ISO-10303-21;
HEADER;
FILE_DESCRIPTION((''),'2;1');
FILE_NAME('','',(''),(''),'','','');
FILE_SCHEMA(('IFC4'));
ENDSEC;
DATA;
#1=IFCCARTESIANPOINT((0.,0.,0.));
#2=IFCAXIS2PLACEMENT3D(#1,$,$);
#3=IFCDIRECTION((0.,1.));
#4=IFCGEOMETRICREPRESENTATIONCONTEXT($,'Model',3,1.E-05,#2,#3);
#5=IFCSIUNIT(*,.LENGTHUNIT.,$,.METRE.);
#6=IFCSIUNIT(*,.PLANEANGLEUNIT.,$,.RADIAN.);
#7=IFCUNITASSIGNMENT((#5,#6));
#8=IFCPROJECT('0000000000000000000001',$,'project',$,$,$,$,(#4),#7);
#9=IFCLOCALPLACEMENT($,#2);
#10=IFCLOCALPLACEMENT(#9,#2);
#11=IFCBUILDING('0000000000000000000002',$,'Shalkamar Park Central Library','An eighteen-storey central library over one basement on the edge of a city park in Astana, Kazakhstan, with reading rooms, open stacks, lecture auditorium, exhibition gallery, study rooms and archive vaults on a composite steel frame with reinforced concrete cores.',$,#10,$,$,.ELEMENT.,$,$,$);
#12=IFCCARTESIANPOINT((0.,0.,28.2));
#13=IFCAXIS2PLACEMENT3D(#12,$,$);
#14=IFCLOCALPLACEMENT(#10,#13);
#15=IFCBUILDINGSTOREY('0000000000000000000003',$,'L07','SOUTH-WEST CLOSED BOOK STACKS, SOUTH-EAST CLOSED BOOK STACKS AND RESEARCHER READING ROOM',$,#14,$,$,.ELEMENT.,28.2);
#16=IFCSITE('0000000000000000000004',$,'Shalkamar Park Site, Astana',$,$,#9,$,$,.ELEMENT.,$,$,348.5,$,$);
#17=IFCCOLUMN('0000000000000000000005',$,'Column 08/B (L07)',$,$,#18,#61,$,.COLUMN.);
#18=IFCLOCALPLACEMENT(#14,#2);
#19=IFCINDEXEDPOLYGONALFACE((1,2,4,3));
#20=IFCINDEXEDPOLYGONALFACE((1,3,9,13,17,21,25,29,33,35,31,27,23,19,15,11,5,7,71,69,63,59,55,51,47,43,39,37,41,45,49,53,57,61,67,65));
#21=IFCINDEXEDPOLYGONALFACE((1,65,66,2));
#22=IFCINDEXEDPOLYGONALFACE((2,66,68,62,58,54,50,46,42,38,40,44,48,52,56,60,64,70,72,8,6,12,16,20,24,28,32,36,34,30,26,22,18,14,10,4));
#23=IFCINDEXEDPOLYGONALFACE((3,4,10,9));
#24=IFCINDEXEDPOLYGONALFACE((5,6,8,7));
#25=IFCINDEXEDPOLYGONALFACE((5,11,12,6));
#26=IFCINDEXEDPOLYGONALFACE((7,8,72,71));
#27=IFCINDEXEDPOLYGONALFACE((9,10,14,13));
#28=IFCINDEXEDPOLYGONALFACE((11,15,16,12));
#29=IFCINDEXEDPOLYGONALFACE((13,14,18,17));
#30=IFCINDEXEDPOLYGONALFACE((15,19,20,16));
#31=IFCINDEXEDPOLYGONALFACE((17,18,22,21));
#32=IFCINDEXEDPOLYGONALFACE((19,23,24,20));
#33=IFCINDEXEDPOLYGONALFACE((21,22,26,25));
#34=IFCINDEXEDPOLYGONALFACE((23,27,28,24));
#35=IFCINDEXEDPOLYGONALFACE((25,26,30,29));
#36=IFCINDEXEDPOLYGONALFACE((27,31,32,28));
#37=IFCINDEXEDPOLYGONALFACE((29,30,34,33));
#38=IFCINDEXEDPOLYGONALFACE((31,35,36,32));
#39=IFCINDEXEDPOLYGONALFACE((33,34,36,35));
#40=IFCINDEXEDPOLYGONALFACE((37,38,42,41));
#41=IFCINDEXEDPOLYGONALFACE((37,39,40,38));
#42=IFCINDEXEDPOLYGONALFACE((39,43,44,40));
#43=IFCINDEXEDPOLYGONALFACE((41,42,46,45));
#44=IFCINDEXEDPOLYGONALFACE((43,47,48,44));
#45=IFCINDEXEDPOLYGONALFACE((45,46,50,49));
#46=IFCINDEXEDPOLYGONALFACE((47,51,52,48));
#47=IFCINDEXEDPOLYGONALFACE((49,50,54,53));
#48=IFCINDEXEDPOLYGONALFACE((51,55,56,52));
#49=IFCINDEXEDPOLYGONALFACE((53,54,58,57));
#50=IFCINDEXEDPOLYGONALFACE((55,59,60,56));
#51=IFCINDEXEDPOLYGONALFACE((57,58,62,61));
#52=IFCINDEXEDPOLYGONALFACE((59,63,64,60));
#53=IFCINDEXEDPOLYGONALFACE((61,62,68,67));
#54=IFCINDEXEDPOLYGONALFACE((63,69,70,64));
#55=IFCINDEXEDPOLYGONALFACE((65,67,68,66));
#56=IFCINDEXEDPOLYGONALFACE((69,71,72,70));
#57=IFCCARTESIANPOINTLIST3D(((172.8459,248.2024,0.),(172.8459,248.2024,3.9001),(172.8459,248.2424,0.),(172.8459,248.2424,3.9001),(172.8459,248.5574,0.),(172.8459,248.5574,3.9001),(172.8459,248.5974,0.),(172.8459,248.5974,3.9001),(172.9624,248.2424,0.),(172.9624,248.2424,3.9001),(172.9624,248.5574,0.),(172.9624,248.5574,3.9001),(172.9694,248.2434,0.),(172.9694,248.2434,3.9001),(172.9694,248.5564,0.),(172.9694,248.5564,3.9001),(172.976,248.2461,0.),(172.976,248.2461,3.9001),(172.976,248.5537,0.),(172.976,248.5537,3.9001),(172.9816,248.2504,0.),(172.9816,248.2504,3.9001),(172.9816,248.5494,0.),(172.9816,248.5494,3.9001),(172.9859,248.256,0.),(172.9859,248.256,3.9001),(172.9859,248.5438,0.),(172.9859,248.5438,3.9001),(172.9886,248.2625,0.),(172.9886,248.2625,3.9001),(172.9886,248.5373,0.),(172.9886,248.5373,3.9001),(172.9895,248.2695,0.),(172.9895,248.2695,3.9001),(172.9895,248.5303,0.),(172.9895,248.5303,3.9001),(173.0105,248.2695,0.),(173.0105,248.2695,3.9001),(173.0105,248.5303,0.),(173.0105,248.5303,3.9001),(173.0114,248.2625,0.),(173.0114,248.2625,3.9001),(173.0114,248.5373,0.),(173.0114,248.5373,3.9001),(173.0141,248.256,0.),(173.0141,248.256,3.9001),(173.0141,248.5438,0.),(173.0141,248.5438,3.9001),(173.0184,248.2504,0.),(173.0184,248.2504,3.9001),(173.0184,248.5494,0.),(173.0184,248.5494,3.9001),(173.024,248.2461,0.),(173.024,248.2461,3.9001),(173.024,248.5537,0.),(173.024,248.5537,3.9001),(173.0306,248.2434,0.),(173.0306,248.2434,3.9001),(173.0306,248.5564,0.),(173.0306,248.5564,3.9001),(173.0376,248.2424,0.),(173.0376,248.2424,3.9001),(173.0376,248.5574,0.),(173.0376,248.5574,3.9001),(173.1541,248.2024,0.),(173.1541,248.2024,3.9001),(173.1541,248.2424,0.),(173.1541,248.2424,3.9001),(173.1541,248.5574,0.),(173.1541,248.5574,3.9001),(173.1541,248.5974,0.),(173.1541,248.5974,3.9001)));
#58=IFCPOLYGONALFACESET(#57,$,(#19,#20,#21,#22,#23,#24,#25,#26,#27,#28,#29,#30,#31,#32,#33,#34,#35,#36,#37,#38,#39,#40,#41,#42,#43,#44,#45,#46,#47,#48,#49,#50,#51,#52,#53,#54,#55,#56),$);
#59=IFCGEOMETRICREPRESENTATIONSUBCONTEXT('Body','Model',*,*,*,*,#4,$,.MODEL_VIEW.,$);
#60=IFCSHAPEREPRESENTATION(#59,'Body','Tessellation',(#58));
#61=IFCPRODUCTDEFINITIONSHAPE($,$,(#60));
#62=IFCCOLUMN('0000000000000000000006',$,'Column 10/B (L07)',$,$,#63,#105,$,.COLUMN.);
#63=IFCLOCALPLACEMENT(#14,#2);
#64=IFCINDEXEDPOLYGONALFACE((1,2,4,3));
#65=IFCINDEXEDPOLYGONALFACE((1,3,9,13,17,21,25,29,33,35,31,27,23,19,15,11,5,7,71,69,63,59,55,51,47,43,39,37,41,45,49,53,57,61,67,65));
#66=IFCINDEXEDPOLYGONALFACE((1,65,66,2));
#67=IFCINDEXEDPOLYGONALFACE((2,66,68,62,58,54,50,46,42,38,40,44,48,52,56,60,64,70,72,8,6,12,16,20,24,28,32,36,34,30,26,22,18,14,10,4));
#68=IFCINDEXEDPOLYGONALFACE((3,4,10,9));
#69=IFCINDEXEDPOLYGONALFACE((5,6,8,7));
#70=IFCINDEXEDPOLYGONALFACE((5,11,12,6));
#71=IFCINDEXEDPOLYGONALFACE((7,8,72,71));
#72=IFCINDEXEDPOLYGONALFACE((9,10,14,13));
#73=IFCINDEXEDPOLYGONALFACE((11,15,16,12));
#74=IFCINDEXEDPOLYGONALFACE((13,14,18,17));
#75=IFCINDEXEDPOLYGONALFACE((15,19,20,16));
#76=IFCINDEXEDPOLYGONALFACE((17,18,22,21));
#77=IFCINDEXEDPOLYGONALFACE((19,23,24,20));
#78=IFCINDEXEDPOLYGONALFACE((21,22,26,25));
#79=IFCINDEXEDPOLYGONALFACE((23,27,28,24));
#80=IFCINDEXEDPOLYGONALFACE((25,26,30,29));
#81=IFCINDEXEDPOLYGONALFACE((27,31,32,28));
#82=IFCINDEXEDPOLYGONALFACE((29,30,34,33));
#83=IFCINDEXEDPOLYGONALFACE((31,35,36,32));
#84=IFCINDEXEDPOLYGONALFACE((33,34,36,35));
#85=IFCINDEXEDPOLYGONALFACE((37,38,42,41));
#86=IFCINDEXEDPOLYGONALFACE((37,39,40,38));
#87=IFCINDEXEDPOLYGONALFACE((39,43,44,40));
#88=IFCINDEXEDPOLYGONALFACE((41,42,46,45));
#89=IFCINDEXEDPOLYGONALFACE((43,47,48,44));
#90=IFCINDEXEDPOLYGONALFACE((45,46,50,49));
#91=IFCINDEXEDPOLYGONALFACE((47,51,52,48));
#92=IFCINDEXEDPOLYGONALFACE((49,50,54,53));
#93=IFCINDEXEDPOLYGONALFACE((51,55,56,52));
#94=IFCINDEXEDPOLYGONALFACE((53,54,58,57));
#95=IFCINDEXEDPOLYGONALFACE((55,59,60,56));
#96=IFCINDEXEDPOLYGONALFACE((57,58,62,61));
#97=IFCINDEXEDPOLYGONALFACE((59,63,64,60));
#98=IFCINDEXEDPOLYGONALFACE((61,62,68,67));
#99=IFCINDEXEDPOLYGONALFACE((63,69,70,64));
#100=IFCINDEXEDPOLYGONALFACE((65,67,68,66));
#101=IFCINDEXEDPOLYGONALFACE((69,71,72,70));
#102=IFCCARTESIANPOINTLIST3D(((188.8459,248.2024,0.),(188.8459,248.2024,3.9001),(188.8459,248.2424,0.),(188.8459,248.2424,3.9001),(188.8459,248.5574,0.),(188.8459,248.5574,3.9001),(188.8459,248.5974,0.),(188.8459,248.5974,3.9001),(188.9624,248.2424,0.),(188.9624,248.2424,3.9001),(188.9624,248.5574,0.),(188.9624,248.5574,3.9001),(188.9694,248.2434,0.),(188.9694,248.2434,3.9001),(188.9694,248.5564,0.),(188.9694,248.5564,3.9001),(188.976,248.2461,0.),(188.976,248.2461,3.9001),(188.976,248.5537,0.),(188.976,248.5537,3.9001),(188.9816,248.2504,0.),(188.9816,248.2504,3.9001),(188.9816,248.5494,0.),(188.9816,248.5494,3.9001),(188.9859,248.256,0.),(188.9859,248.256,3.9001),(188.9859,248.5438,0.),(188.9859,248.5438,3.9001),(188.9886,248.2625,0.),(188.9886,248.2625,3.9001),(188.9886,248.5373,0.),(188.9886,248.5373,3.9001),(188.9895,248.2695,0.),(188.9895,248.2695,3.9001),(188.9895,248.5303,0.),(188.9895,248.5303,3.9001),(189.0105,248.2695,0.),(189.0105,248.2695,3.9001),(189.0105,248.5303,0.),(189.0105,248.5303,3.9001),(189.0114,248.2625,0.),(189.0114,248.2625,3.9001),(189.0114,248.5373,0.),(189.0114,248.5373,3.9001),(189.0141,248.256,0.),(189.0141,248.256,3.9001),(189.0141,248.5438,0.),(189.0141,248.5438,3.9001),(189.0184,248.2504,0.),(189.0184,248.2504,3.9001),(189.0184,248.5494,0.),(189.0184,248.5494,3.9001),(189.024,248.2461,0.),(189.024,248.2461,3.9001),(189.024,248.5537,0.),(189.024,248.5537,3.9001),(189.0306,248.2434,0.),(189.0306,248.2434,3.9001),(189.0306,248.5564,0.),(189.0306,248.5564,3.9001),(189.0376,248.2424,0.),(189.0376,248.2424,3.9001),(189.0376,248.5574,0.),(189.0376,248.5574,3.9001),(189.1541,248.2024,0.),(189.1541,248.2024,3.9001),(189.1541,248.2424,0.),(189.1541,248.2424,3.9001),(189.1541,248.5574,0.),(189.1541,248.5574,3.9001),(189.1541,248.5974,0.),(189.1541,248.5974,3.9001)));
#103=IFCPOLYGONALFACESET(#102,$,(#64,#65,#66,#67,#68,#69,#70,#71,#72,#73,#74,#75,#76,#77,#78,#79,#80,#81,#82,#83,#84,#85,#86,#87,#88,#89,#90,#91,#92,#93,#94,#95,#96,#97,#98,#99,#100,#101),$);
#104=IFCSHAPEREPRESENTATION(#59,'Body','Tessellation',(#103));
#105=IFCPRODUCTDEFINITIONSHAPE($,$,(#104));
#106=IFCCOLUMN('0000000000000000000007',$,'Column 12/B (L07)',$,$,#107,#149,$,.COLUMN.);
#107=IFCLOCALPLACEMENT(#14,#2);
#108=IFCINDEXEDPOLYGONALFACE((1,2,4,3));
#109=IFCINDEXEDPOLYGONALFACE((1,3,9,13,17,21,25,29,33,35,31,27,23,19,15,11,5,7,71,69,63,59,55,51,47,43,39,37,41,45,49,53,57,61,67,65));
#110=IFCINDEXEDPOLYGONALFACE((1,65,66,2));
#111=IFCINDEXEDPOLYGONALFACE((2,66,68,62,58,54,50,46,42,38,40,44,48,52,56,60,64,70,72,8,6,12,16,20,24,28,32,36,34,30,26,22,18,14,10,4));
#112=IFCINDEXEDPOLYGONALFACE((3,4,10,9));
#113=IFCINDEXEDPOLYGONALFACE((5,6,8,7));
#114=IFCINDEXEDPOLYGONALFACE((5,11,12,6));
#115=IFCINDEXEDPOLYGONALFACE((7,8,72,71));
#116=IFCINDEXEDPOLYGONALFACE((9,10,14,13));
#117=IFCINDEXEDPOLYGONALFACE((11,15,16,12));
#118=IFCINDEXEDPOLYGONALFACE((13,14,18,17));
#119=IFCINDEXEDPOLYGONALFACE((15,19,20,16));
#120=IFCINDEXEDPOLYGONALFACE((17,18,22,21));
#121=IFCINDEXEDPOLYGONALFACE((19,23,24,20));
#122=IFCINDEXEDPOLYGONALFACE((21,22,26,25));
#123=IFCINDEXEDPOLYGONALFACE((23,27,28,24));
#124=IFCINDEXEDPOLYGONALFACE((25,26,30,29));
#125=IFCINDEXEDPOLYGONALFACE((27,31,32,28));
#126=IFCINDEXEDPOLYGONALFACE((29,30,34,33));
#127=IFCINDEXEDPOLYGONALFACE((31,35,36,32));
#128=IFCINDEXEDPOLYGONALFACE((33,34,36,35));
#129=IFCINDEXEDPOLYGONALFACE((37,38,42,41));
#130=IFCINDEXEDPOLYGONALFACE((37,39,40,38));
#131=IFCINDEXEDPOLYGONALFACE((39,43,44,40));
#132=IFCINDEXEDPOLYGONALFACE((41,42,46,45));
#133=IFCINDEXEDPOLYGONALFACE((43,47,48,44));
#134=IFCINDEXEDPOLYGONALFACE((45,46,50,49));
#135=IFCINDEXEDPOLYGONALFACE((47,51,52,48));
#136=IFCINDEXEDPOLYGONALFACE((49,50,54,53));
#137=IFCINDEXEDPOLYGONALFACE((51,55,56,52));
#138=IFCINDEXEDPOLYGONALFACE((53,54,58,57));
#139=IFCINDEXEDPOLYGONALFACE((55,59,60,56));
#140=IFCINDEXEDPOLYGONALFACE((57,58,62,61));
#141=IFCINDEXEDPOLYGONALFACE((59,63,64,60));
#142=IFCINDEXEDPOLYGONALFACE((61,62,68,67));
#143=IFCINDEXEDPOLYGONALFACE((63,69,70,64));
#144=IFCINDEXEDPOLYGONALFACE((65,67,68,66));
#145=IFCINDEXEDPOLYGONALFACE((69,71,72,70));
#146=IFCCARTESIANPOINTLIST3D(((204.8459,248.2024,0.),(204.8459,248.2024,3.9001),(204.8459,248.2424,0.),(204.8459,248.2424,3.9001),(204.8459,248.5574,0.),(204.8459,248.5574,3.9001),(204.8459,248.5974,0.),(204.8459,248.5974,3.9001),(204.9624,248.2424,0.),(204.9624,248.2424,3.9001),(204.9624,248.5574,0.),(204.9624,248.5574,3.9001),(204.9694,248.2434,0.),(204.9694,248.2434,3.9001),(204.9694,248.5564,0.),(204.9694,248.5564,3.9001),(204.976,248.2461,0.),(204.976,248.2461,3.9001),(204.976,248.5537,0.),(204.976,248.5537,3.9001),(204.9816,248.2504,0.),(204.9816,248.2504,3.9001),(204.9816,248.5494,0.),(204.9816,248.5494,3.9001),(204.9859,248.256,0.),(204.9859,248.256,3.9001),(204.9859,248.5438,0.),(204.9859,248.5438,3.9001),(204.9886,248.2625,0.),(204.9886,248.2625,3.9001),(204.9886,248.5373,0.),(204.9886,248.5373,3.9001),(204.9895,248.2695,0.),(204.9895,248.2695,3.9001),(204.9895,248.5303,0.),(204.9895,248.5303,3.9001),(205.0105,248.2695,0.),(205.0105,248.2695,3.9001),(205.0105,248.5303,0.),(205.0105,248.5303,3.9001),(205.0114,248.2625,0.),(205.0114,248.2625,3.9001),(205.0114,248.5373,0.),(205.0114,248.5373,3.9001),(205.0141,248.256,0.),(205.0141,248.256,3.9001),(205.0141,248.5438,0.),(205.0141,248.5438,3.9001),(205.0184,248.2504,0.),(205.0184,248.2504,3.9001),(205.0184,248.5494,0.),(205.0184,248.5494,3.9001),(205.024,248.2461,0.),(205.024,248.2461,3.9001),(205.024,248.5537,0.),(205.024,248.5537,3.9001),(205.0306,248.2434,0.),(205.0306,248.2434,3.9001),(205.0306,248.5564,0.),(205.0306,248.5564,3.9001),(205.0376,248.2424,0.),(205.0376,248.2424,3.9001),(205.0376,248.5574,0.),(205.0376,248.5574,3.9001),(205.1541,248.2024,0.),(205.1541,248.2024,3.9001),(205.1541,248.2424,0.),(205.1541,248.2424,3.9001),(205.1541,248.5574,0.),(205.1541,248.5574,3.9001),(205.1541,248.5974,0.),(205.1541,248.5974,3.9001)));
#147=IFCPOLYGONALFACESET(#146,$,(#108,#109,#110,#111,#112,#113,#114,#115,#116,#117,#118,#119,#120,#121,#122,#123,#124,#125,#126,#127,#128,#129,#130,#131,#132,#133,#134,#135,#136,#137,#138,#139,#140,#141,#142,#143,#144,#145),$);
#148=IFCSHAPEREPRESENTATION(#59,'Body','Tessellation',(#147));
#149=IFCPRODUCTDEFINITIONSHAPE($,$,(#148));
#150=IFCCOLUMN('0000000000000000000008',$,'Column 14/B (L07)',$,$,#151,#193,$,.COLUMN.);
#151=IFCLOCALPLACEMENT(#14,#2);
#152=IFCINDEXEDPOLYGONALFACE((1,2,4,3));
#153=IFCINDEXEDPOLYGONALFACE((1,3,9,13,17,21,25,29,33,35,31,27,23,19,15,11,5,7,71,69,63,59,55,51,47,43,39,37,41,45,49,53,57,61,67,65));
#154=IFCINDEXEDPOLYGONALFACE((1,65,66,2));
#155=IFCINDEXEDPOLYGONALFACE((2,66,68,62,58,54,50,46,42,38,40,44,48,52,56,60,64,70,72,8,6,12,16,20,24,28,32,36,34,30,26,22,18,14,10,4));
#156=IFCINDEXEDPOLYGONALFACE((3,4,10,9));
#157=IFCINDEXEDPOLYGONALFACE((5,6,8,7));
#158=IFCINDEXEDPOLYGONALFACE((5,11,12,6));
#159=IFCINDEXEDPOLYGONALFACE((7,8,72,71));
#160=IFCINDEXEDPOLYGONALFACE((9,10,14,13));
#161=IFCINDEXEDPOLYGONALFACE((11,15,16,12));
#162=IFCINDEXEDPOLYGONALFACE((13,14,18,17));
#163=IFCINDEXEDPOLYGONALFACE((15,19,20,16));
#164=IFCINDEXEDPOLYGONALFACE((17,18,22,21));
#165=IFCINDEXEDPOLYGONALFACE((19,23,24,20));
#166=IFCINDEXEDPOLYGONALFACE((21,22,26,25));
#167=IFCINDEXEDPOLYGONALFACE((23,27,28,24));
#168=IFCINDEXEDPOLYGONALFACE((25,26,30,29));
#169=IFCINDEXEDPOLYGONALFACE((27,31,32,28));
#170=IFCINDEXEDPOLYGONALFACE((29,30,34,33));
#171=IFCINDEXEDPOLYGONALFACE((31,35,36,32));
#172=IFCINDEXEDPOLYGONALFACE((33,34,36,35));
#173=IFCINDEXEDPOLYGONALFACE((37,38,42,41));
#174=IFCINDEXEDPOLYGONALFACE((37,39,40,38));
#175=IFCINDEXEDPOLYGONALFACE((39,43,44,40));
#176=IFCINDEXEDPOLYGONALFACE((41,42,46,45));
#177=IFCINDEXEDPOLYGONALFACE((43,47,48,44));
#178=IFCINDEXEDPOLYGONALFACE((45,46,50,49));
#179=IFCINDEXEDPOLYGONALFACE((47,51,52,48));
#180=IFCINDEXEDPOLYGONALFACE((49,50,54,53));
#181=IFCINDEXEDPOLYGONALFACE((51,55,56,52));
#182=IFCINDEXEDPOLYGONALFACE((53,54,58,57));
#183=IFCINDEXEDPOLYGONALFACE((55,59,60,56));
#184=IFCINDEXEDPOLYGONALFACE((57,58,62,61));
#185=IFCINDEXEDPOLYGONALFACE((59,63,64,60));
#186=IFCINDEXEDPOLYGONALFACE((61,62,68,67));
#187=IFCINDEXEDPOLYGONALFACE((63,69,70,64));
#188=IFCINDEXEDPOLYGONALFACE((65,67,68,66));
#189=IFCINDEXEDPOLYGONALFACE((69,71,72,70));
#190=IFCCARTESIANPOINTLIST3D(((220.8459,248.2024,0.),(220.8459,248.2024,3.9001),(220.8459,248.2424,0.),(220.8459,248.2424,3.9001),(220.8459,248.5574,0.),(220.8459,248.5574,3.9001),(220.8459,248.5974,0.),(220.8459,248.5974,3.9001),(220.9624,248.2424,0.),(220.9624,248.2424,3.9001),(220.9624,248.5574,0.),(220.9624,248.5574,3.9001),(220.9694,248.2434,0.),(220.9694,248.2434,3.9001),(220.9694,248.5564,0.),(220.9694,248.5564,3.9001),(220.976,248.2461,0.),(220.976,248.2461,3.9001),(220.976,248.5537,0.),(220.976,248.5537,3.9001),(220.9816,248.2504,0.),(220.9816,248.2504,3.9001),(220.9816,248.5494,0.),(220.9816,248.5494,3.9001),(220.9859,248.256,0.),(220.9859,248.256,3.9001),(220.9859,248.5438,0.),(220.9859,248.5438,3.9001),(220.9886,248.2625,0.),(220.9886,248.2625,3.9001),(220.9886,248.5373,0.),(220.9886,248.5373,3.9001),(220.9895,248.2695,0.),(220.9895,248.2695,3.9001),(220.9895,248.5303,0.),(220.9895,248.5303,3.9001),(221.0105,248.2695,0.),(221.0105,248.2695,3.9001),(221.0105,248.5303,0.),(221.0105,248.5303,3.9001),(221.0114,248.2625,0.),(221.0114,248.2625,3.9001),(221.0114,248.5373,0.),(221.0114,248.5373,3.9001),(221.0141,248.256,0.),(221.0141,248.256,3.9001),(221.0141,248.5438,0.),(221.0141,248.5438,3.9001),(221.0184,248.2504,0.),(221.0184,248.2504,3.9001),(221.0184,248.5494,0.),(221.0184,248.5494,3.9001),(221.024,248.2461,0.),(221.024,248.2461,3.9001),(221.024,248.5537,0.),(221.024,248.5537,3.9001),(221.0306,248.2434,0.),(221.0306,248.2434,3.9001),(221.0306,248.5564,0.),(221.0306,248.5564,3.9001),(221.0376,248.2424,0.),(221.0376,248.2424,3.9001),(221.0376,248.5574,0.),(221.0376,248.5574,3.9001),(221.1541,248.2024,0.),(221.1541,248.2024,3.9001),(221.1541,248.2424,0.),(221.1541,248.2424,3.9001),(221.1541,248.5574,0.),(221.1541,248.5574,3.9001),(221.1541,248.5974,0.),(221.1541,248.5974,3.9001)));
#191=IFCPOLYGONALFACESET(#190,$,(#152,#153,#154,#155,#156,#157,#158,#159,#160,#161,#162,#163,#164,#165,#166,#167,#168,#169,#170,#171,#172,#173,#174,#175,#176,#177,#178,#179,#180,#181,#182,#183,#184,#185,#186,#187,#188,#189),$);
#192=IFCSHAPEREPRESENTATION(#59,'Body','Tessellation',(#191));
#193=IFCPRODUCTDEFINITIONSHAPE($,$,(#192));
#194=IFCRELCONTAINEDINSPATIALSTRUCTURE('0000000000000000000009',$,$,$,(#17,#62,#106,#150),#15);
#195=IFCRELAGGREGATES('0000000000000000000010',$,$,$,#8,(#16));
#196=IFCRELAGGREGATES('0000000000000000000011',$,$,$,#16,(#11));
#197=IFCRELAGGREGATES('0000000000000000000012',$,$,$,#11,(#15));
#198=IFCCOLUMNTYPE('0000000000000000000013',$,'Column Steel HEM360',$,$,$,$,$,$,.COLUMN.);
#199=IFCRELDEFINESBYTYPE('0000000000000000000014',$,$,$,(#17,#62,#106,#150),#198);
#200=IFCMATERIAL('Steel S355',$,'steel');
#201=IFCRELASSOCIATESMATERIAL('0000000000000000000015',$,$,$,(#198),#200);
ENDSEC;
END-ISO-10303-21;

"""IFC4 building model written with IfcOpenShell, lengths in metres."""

from ifc_helpers import new_model, si_unit, direction, frame, origin, origin_2d, place, context, subcontext, project, spatial, i_section, extrude, material, material_profile, profile_set, type_object, element, save


model = new_model("IFC4")

# Units and contexts
model_context = context("Model", 3, precision=1e-05, world=origin(), true_north=direction((0.0, 1.0)))
body_context = subcontext(model_context, "Body", "Model", "MODEL_VIEW")
ifc_project = project(units=[si_unit("LENGTHUNIT", "METRE"), si_unit("PLANEANGLEUNIT", "RADIAN")], contexts=[model_context])

# Site, building, storey
site_placement = place(None, origin())
site = spatial("IfcSite", under=ifc_project, at=site_placement, Name="Shalkamar Park Site, Astana", CompositionType="ELEMENT", RefElevation=348.5)
building_placement = place(site_placement, origin())
building = spatial("IfcBuilding", under=site, at=building_placement, Name="Shalkamar Park Central Library", Description="An eighteen-storey central library over one basement on the edge of a city park in Astana, Kazakhstan, with reading rooms, open stacks, lecture auditorium, exhibition gallery, study rooms and archive vaults on a composite steel frame with reinforced concrete cores.", CompositionType="ELEMENT")
storey_placement = place(building_placement, frame((0.0, 0.0, 28.2)))
storey = spatial("IfcBuildingStorey", under=building, at=storey_placement, Name="L07", Description="SOUTH-WEST CLOSED BOOK STACKS, SOUTH-EAST CLOSED BOOK STACKS AND RESEARCHER READING ROOM", CompositionType="ELEMENT", Elevation=28.2)

# Columns
ifc_material_1 = material(Name="Steel S355", Category="steel")
ifc_material_profile_1 = material_profile(ifc_material_1, i_section(OverallWidth=0.3081, OverallDepth=0.395, WebThickness=0.021, FlangeThickness=0.04, FilletRadius=0.0271, at=origin_2d()), Name="HEM 360")
ifc_profile_set_1 = profile_set([ifc_material_profile_1], Name="Steel S355")
column_type_1 = type_object("IfcColumnType", Name="Column Steel HEM360", PredefinedType="COLUMN", material=ifc_profile_set_1)
for number, where, z_axis, x_axis, name in (
    (1, (173.0, 248.3999, 0.0), (0.0, 0.0, 1.0), (1.0, 0.0, 0.0), "Column 08/B (L07)"),
    (2, (189.0, 248.3999, 0.0), (0.0, 0.0, 1.0), (1.0, 0.0, 0.0), "Column 10/B (L07)"),
    (3, (205.0, 248.3999, 0.0), (0.0, 0.0, 1.0), (1.0, 0.0, 0.0), "Column 12/B (L07)"),
    (4, (221.0, 248.3999, 0.0), (0.0, 0.0, 1.0), (1.0, 0.0, 0.0), "Column 14/B (L07)"),
):
    element("IfcColumn", number, at=place(storey_placement, frame(where, z_axis=z_axis, x_axis=x_axis)), inside=storey, type_object=column_type_1, Name=name, PredefinedType="COLUMN", context=body_context, shape_type="SweptSolid", body=[
        extrude(i_section(OverallWidth=0.3081, OverallDepth=0.395, WebThickness=0.021, FlangeThickness=0.04, FilletRadius=0.0271, at=origin_2d()), origin(), (0.0, 0.0, 1.0), 3.9001),
    ])

save(model, "model.ifc")
